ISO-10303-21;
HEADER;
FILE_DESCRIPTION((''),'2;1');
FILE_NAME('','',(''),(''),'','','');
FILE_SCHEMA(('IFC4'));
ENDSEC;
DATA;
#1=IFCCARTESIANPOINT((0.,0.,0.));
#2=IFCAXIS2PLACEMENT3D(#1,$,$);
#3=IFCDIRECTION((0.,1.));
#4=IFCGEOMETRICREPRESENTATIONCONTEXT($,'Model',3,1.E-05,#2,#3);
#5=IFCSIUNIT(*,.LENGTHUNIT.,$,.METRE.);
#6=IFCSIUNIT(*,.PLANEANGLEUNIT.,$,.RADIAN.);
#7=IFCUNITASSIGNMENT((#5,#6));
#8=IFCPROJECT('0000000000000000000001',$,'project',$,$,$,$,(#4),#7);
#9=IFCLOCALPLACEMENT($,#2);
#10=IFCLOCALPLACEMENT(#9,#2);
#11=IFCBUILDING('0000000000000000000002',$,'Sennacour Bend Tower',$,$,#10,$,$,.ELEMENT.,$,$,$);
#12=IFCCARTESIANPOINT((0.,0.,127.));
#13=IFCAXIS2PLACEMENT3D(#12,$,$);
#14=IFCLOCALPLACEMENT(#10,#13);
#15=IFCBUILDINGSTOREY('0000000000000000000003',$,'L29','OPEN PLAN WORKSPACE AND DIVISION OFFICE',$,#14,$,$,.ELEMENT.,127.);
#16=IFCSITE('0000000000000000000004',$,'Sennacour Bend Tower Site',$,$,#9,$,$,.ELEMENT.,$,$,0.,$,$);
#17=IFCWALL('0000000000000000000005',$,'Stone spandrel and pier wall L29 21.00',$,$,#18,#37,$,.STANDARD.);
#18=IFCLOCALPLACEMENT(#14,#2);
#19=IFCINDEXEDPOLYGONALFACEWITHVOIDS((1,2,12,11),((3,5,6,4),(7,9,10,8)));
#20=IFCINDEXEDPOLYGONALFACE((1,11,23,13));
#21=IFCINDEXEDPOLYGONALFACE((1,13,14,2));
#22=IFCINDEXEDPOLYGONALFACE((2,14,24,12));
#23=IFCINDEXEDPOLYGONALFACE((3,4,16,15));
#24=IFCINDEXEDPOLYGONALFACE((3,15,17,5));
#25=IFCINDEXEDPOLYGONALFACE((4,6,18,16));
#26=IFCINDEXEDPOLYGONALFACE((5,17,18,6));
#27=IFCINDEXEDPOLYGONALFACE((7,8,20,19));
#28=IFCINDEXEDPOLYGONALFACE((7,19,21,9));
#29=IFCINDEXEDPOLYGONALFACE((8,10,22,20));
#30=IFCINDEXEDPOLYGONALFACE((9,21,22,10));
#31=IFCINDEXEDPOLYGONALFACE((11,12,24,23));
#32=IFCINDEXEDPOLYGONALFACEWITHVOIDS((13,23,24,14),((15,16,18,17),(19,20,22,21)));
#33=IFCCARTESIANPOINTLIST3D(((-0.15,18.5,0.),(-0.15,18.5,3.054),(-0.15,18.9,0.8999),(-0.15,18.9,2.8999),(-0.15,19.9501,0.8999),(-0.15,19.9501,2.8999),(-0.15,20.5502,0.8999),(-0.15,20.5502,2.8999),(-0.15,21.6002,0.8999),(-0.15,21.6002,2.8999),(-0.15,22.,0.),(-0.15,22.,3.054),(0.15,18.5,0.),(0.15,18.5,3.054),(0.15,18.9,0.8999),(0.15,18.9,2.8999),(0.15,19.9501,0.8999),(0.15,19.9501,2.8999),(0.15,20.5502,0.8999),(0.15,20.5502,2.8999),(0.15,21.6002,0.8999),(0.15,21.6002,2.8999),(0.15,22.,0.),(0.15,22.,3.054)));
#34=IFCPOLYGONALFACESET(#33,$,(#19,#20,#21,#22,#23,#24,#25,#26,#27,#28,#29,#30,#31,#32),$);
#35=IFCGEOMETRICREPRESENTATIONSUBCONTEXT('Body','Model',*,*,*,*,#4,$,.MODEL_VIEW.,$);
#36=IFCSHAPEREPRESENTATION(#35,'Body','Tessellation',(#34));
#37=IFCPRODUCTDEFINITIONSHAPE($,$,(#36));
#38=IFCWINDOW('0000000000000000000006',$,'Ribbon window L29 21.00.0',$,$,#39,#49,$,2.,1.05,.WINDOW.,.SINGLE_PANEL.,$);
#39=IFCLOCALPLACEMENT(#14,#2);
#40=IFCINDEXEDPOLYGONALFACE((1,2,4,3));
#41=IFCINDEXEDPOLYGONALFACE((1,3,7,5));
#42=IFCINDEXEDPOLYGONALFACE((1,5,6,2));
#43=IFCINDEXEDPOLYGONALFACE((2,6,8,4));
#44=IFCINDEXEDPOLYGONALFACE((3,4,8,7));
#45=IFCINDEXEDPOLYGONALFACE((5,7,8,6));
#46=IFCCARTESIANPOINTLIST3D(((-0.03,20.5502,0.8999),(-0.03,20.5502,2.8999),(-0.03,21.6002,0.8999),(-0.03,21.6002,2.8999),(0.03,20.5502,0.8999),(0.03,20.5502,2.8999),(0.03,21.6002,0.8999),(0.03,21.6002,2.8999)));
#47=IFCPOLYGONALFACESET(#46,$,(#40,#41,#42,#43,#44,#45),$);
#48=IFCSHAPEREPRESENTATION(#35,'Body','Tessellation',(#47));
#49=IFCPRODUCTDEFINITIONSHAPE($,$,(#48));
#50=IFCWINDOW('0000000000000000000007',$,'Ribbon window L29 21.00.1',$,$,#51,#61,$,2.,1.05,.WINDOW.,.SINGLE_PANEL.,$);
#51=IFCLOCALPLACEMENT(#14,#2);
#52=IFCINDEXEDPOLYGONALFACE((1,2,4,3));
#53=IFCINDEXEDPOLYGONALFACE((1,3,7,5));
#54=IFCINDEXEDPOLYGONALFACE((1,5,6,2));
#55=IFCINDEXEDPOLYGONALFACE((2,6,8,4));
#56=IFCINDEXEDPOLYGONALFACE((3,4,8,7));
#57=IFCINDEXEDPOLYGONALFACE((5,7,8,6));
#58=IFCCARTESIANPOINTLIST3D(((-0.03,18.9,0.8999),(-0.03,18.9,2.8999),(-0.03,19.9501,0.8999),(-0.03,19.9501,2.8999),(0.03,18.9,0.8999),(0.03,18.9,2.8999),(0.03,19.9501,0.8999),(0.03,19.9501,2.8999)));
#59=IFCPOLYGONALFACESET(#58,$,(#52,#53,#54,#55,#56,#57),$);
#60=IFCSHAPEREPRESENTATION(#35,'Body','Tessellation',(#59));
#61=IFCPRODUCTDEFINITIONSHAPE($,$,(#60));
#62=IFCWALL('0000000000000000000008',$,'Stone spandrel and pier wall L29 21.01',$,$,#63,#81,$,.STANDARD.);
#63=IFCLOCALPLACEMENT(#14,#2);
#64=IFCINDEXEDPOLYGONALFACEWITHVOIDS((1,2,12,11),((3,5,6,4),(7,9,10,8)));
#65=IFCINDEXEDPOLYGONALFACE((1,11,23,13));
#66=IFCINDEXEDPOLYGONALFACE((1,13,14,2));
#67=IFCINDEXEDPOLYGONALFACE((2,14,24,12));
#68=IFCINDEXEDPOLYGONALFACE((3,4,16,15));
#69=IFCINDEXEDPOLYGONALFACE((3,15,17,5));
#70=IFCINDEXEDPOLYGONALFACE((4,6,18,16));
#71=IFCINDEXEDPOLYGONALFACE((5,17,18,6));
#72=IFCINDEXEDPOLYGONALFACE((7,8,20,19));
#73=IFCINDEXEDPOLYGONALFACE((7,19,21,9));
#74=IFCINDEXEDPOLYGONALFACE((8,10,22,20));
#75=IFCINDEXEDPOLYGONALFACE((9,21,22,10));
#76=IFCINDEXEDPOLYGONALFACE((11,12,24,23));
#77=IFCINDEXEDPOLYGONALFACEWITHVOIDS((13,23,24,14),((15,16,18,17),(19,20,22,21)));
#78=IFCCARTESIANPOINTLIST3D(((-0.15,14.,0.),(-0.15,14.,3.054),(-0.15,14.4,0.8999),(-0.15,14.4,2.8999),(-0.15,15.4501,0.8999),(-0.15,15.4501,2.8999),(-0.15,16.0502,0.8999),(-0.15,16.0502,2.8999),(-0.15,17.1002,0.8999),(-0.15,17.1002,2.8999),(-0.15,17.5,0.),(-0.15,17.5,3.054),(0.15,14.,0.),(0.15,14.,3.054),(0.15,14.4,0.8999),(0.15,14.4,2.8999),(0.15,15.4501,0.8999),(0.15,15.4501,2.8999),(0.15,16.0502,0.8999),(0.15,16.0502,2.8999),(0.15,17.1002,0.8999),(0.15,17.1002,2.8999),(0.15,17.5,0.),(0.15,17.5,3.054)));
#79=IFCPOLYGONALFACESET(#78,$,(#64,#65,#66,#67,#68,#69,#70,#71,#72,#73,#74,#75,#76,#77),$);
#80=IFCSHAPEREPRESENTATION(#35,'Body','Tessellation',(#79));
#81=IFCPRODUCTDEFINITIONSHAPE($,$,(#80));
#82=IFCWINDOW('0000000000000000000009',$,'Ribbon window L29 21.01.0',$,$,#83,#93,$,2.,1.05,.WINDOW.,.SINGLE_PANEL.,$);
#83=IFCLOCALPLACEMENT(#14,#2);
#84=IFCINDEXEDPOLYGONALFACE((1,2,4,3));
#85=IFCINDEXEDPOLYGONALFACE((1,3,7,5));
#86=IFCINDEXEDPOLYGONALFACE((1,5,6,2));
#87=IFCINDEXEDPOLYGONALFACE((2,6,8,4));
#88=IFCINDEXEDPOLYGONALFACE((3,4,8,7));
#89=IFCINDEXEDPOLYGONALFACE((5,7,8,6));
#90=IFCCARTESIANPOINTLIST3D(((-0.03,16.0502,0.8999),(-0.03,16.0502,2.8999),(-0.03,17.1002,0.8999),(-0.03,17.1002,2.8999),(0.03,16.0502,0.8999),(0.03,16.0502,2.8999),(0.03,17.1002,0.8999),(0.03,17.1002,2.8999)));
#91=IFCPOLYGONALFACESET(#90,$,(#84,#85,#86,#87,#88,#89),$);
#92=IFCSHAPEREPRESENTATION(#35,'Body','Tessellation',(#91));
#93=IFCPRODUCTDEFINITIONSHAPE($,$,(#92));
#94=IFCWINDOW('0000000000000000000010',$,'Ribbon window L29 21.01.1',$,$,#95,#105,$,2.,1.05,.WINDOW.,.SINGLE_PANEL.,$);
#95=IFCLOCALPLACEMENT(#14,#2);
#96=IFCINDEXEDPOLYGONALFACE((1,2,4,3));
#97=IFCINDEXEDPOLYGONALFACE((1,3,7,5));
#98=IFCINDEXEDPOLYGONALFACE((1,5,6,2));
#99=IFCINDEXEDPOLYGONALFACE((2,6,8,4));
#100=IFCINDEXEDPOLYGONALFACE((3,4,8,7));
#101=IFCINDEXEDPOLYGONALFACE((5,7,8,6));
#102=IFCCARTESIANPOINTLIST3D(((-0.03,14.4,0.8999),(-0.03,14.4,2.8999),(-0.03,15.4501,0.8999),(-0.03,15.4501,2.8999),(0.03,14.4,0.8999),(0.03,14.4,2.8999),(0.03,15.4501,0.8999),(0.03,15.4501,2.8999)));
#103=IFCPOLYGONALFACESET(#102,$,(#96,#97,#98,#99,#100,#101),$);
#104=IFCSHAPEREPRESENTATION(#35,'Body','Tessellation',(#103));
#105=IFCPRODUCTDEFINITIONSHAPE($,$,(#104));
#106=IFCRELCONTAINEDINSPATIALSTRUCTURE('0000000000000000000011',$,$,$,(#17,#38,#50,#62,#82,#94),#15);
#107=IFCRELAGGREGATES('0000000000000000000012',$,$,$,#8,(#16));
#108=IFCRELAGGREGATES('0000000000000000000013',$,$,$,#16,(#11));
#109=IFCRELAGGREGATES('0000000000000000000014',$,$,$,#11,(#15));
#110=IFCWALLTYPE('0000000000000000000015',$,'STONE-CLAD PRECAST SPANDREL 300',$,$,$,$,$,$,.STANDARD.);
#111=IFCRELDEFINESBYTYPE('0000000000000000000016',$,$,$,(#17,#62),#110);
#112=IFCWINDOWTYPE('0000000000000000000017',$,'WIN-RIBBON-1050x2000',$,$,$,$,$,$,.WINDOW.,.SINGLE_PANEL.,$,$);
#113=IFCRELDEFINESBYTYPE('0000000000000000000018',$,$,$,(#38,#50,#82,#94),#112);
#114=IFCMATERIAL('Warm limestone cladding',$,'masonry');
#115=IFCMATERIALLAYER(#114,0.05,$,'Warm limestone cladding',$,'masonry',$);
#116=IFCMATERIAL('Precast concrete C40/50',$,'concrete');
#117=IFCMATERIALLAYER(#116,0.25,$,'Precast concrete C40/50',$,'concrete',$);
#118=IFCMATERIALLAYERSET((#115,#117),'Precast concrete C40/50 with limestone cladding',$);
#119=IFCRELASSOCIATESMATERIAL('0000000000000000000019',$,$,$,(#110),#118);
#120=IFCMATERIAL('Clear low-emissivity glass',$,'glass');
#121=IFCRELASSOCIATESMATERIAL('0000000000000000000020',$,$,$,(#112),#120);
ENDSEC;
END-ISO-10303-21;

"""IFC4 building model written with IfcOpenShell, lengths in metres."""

from ifc_helpers import new_model, si_unit, direction, frame, frame_2d, origin, place, context, subcontext, project, spatial, rectangle, extrude, material, layer, layer_set, type_object, element, fill, save


model = new_model("IFC4")

# Units and contexts
model_context = context("Model", 3, precision=1e-05, world=origin(), true_north=direction((0.0, 1.0)))
body_context = subcontext(model_context, "Body", "Model", "MODEL_VIEW")
ifc_project = project(units=[si_unit("LENGTHUNIT", "METRE"), si_unit("PLANEANGLEUNIT", "RADIAN")], contexts=[model_context])

# Site, building, storey
site_placement = place(None, origin())
site = spatial("IfcSite", under=ifc_project, at=site_placement, Name="Sennacour Bend Tower Site", CompositionType="ELEMENT", RefElevation=0.0)
building_placement = place(site_placement, origin())
building = spatial("IfcBuilding", under=site, at=building_placement, Name="Sennacour Bend Tower", CompositionType="ELEMENT")
storey_placement = place(building_placement, frame((0.0, 0.0, 127.0)))
storey = spatial("IfcBuildingStorey", under=building, at=storey_placement, Name="L29", Description="OPEN PLAN WORKSPACE AND DIVISION OFFICE", CompositionType="ELEMENT", Elevation=127.0)

# Shared definitions
ifc_material_1 = material(Name="Warm limestone cladding", Category="masonry")
ifc_layer_1 = layer(ifc_material_1, 0.05, Name="Warm limestone cladding", Category="masonry")
ifc_material_2 = material(Name="Precast concrete C40/50", Category="concrete")
ifc_layer_2 = layer(ifc_material_2, 0.25, Name="Precast concrete C40/50", Category="concrete")
ifc_layer_set_1 = layer_set([ifc_layer_1, ifc_layer_2], Name="Precast concrete C40/50 with limestone cladding")
wall_type_1 = type_object("IfcWallType", Name="STONE-CLAD PRECAST SPANDREL 300", PredefinedType="STANDARD", material=ifc_layer_set_1)

# Walls, openings, windows
wall_1_placement = place(storey_placement, frame((0.0, 22.0, 0.0), z_axis=(0.0, 0.0, 1.0), x_axis=(0.0, -1.0, 0.0)))
wall_1 = element("IfcWall", 1, at=wall_1_placement, inside=storey, type_object=wall_type_1, Name="Stone spandrel and pier wall L29 21.00", PredefinedType="STANDARD", context=body_context, shape_type="SweptSolid", body=[
    extrude(rectangle(XDim=3.5, YDim=0.3, at=frame_2d((1.75, 0.0))), origin(), (0.0, 0.0, 1.0), 3.054),
])
opening_1_placement = place(wall_1_placement, frame((0.3999, 0.0, 0.8999)))
opening_1 = element("IfcOpeningElement", 2, at=opening_1_placement, cuts=wall_1, PredefinedType="OPENING", context=body_context, shape_type="SweptSolid", body=[
    extrude(rectangle(XDim=1.05, YDim=2.0, at=frame_2d((0.5249, 1.0))), frame((0.0, 0.1602, 0.0), z_axis=(0.0, -1.0, 0.0), x_axis=(1.0, 0.0, 0.0)), (0.0, 0.0, 1.0), 0.3201),
])
opening_2_placement = place(wall_1_placement, frame((2.05, 0.0, 0.8999)))
opening_2 = element("IfcOpeningElement", 3, at=opening_2_placement, cuts=wall_1, PredefinedType="OPENING", context=body_context, shape_type="SweptSolid", body=[
    extrude(rectangle(XDim=1.05, YDim=2.0, at=frame_2d((0.5249, 1.0))), frame((0.0, 0.1602, 0.0), z_axis=(0.0, -1.0, 0.0), x_axis=(1.0, 0.0, 0.0)), (0.0, 0.0, 1.0), 0.3201),
])
ifc_material_3 = material(Name="Clear low-emissivity glass", Category="glass")
window_type = type_object("IfcWindowType", Name="WIN-RIBBON-1050x2000", PartitioningType="SINGLE_PANEL", PredefinedType="WINDOW", material=ifc_material_3)
window_1_placement = place(opening_1_placement, origin())
window_1 = element("IfcWindow", 4, at=window_1_placement, inside=storey, type_object=window_type, Name="Ribbon window L29 21.00.0", OverallHeight=2.0, OverallWidth=1.05, PartitioningType="SINGLE_PANEL", PredefinedType="WINDOW", context=body_context, shape_type="SweptSolid", body=[
    extrude(rectangle(XDim=1.05, YDim=2.0, at=frame_2d((0.5249, 1.0))), frame((0.0, 0.03, 0.0), z_axis=(0.0, -1.0, 0.0), x_axis=(1.0, 0.0, 0.0)), (0.0, 0.0, 1.0), 0.0601),
])
fill(opening_1, window_1)
window_2_placement = place(opening_2_placement, origin())
window_2 = element("IfcWindow", 5, at=window_2_placement, inside=storey, type_object=window_type, Name="Ribbon window L29 21.00.1", OverallHeight=2.0, OverallWidth=1.05, PartitioningType="SINGLE_PANEL", PredefinedType="WINDOW", context=body_context, shape_type="SweptSolid", body=[
    extrude(rectangle(XDim=1.05, YDim=2.0, at=frame_2d((0.5249, 1.0))), frame((0.0, 0.03, 0.0), z_axis=(0.0, -1.0, 0.0), x_axis=(1.0, 0.0, 0.0)), (0.0, 0.0, 1.0), 0.0601),
])
fill(opening_2, window_2)
wall_2_placement = place(storey_placement, frame((0.0, 17.5, 0.0), z_axis=(0.0, 0.0, 1.0), x_axis=(0.0, -1.0, 0.0)))
wall_2 = element("IfcWall", 6, at=wall_2_placement, inside=storey, type_object=wall_type_1, Name="Stone spandrel and pier wall L29 21.01", PredefinedType="STANDARD", context=body_context, shape_type="SweptSolid", body=[
    extrude(rectangle(XDim=3.5, YDim=0.3, at=frame_2d((1.75, 0.0))), origin(), (0.0, 0.0, 1.0), 3.054),
])
opening_3_placement = place(wall_2_placement, frame((0.3999, 0.0, 0.8999)))
opening_3 = element("IfcOpeningElement", 7, at=opening_3_placement, cuts=wall_2, PredefinedType="OPENING", context=body_context, shape_type="SweptSolid", body=[
    extrude(rectangle(XDim=1.05, YDim=2.0, at=frame_2d((0.5249, 1.0))), frame((0.0, 0.1602, 0.0), z_axis=(0.0, -1.0, 0.0), x_axis=(1.0, 0.0, 0.0)), (0.0, 0.0, 1.0), 0.3201),
])
opening_4_placement = place(wall_2_placement, frame((2.05, 0.0, 0.8999)))
opening_4 = element("IfcOpeningElement", 8, at=opening_4_placement, cuts=wall_2, PredefinedType="OPENING", context=body_context, shape_type="SweptSolid", body=[
    extrude(rectangle(XDim=1.05, YDim=2.0, at=frame_2d((0.5249, 1.0))), frame((0.0, 0.1602, 0.0), z_axis=(0.0, -1.0, 0.0), x_axis=(1.0, 0.0, 0.0)), (0.0, 0.0, 1.0), 0.3201),
])
window_3_placement = place(opening_3_placement, origin())
window_3 = element("IfcWindow", 9, at=window_3_placement, inside=storey, type_object=window_type, Name="Ribbon window L29 21.01.0", OverallHeight=2.0, OverallWidth=1.05, PartitioningType="SINGLE_PANEL", PredefinedType="WINDOW", context=body_context, shape_type="SweptSolid", body=[
    extrude(rectangle(XDim=1.05, YDim=2.0, at=frame_2d((0.5249, 1.0))), frame((0.0, 0.03, 0.0), z_axis=(0.0, -1.0, 0.0), x_axis=(1.0, 0.0, 0.0)), (0.0, 0.0, 1.0), 0.0601),
])
fill(opening_3, window_3)
window_4_placement = place(opening_4_placement, origin())
window_4 = element("IfcWindow", 10, at=window_4_placement, inside=storey, type_object=window_type, Name="Ribbon window L29 21.01.1", OverallHeight=2.0, OverallWidth=1.05, PartitioningType="SINGLE_PANEL", PredefinedType="WINDOW", context=body_context, shape_type="SweptSolid", body=[
    extrude(rectangle(XDim=1.05, YDim=2.0, at=frame_2d((0.5249, 1.0))), frame((0.0, 0.03, 0.0), z_axis=(0.0, -1.0, 0.0), x_axis=(1.0, 0.0, 0.0)), (0.0, 0.0, 1.0), 0.0601),
])
fill(opening_4, window_4)

save(model, "model.ifc")
